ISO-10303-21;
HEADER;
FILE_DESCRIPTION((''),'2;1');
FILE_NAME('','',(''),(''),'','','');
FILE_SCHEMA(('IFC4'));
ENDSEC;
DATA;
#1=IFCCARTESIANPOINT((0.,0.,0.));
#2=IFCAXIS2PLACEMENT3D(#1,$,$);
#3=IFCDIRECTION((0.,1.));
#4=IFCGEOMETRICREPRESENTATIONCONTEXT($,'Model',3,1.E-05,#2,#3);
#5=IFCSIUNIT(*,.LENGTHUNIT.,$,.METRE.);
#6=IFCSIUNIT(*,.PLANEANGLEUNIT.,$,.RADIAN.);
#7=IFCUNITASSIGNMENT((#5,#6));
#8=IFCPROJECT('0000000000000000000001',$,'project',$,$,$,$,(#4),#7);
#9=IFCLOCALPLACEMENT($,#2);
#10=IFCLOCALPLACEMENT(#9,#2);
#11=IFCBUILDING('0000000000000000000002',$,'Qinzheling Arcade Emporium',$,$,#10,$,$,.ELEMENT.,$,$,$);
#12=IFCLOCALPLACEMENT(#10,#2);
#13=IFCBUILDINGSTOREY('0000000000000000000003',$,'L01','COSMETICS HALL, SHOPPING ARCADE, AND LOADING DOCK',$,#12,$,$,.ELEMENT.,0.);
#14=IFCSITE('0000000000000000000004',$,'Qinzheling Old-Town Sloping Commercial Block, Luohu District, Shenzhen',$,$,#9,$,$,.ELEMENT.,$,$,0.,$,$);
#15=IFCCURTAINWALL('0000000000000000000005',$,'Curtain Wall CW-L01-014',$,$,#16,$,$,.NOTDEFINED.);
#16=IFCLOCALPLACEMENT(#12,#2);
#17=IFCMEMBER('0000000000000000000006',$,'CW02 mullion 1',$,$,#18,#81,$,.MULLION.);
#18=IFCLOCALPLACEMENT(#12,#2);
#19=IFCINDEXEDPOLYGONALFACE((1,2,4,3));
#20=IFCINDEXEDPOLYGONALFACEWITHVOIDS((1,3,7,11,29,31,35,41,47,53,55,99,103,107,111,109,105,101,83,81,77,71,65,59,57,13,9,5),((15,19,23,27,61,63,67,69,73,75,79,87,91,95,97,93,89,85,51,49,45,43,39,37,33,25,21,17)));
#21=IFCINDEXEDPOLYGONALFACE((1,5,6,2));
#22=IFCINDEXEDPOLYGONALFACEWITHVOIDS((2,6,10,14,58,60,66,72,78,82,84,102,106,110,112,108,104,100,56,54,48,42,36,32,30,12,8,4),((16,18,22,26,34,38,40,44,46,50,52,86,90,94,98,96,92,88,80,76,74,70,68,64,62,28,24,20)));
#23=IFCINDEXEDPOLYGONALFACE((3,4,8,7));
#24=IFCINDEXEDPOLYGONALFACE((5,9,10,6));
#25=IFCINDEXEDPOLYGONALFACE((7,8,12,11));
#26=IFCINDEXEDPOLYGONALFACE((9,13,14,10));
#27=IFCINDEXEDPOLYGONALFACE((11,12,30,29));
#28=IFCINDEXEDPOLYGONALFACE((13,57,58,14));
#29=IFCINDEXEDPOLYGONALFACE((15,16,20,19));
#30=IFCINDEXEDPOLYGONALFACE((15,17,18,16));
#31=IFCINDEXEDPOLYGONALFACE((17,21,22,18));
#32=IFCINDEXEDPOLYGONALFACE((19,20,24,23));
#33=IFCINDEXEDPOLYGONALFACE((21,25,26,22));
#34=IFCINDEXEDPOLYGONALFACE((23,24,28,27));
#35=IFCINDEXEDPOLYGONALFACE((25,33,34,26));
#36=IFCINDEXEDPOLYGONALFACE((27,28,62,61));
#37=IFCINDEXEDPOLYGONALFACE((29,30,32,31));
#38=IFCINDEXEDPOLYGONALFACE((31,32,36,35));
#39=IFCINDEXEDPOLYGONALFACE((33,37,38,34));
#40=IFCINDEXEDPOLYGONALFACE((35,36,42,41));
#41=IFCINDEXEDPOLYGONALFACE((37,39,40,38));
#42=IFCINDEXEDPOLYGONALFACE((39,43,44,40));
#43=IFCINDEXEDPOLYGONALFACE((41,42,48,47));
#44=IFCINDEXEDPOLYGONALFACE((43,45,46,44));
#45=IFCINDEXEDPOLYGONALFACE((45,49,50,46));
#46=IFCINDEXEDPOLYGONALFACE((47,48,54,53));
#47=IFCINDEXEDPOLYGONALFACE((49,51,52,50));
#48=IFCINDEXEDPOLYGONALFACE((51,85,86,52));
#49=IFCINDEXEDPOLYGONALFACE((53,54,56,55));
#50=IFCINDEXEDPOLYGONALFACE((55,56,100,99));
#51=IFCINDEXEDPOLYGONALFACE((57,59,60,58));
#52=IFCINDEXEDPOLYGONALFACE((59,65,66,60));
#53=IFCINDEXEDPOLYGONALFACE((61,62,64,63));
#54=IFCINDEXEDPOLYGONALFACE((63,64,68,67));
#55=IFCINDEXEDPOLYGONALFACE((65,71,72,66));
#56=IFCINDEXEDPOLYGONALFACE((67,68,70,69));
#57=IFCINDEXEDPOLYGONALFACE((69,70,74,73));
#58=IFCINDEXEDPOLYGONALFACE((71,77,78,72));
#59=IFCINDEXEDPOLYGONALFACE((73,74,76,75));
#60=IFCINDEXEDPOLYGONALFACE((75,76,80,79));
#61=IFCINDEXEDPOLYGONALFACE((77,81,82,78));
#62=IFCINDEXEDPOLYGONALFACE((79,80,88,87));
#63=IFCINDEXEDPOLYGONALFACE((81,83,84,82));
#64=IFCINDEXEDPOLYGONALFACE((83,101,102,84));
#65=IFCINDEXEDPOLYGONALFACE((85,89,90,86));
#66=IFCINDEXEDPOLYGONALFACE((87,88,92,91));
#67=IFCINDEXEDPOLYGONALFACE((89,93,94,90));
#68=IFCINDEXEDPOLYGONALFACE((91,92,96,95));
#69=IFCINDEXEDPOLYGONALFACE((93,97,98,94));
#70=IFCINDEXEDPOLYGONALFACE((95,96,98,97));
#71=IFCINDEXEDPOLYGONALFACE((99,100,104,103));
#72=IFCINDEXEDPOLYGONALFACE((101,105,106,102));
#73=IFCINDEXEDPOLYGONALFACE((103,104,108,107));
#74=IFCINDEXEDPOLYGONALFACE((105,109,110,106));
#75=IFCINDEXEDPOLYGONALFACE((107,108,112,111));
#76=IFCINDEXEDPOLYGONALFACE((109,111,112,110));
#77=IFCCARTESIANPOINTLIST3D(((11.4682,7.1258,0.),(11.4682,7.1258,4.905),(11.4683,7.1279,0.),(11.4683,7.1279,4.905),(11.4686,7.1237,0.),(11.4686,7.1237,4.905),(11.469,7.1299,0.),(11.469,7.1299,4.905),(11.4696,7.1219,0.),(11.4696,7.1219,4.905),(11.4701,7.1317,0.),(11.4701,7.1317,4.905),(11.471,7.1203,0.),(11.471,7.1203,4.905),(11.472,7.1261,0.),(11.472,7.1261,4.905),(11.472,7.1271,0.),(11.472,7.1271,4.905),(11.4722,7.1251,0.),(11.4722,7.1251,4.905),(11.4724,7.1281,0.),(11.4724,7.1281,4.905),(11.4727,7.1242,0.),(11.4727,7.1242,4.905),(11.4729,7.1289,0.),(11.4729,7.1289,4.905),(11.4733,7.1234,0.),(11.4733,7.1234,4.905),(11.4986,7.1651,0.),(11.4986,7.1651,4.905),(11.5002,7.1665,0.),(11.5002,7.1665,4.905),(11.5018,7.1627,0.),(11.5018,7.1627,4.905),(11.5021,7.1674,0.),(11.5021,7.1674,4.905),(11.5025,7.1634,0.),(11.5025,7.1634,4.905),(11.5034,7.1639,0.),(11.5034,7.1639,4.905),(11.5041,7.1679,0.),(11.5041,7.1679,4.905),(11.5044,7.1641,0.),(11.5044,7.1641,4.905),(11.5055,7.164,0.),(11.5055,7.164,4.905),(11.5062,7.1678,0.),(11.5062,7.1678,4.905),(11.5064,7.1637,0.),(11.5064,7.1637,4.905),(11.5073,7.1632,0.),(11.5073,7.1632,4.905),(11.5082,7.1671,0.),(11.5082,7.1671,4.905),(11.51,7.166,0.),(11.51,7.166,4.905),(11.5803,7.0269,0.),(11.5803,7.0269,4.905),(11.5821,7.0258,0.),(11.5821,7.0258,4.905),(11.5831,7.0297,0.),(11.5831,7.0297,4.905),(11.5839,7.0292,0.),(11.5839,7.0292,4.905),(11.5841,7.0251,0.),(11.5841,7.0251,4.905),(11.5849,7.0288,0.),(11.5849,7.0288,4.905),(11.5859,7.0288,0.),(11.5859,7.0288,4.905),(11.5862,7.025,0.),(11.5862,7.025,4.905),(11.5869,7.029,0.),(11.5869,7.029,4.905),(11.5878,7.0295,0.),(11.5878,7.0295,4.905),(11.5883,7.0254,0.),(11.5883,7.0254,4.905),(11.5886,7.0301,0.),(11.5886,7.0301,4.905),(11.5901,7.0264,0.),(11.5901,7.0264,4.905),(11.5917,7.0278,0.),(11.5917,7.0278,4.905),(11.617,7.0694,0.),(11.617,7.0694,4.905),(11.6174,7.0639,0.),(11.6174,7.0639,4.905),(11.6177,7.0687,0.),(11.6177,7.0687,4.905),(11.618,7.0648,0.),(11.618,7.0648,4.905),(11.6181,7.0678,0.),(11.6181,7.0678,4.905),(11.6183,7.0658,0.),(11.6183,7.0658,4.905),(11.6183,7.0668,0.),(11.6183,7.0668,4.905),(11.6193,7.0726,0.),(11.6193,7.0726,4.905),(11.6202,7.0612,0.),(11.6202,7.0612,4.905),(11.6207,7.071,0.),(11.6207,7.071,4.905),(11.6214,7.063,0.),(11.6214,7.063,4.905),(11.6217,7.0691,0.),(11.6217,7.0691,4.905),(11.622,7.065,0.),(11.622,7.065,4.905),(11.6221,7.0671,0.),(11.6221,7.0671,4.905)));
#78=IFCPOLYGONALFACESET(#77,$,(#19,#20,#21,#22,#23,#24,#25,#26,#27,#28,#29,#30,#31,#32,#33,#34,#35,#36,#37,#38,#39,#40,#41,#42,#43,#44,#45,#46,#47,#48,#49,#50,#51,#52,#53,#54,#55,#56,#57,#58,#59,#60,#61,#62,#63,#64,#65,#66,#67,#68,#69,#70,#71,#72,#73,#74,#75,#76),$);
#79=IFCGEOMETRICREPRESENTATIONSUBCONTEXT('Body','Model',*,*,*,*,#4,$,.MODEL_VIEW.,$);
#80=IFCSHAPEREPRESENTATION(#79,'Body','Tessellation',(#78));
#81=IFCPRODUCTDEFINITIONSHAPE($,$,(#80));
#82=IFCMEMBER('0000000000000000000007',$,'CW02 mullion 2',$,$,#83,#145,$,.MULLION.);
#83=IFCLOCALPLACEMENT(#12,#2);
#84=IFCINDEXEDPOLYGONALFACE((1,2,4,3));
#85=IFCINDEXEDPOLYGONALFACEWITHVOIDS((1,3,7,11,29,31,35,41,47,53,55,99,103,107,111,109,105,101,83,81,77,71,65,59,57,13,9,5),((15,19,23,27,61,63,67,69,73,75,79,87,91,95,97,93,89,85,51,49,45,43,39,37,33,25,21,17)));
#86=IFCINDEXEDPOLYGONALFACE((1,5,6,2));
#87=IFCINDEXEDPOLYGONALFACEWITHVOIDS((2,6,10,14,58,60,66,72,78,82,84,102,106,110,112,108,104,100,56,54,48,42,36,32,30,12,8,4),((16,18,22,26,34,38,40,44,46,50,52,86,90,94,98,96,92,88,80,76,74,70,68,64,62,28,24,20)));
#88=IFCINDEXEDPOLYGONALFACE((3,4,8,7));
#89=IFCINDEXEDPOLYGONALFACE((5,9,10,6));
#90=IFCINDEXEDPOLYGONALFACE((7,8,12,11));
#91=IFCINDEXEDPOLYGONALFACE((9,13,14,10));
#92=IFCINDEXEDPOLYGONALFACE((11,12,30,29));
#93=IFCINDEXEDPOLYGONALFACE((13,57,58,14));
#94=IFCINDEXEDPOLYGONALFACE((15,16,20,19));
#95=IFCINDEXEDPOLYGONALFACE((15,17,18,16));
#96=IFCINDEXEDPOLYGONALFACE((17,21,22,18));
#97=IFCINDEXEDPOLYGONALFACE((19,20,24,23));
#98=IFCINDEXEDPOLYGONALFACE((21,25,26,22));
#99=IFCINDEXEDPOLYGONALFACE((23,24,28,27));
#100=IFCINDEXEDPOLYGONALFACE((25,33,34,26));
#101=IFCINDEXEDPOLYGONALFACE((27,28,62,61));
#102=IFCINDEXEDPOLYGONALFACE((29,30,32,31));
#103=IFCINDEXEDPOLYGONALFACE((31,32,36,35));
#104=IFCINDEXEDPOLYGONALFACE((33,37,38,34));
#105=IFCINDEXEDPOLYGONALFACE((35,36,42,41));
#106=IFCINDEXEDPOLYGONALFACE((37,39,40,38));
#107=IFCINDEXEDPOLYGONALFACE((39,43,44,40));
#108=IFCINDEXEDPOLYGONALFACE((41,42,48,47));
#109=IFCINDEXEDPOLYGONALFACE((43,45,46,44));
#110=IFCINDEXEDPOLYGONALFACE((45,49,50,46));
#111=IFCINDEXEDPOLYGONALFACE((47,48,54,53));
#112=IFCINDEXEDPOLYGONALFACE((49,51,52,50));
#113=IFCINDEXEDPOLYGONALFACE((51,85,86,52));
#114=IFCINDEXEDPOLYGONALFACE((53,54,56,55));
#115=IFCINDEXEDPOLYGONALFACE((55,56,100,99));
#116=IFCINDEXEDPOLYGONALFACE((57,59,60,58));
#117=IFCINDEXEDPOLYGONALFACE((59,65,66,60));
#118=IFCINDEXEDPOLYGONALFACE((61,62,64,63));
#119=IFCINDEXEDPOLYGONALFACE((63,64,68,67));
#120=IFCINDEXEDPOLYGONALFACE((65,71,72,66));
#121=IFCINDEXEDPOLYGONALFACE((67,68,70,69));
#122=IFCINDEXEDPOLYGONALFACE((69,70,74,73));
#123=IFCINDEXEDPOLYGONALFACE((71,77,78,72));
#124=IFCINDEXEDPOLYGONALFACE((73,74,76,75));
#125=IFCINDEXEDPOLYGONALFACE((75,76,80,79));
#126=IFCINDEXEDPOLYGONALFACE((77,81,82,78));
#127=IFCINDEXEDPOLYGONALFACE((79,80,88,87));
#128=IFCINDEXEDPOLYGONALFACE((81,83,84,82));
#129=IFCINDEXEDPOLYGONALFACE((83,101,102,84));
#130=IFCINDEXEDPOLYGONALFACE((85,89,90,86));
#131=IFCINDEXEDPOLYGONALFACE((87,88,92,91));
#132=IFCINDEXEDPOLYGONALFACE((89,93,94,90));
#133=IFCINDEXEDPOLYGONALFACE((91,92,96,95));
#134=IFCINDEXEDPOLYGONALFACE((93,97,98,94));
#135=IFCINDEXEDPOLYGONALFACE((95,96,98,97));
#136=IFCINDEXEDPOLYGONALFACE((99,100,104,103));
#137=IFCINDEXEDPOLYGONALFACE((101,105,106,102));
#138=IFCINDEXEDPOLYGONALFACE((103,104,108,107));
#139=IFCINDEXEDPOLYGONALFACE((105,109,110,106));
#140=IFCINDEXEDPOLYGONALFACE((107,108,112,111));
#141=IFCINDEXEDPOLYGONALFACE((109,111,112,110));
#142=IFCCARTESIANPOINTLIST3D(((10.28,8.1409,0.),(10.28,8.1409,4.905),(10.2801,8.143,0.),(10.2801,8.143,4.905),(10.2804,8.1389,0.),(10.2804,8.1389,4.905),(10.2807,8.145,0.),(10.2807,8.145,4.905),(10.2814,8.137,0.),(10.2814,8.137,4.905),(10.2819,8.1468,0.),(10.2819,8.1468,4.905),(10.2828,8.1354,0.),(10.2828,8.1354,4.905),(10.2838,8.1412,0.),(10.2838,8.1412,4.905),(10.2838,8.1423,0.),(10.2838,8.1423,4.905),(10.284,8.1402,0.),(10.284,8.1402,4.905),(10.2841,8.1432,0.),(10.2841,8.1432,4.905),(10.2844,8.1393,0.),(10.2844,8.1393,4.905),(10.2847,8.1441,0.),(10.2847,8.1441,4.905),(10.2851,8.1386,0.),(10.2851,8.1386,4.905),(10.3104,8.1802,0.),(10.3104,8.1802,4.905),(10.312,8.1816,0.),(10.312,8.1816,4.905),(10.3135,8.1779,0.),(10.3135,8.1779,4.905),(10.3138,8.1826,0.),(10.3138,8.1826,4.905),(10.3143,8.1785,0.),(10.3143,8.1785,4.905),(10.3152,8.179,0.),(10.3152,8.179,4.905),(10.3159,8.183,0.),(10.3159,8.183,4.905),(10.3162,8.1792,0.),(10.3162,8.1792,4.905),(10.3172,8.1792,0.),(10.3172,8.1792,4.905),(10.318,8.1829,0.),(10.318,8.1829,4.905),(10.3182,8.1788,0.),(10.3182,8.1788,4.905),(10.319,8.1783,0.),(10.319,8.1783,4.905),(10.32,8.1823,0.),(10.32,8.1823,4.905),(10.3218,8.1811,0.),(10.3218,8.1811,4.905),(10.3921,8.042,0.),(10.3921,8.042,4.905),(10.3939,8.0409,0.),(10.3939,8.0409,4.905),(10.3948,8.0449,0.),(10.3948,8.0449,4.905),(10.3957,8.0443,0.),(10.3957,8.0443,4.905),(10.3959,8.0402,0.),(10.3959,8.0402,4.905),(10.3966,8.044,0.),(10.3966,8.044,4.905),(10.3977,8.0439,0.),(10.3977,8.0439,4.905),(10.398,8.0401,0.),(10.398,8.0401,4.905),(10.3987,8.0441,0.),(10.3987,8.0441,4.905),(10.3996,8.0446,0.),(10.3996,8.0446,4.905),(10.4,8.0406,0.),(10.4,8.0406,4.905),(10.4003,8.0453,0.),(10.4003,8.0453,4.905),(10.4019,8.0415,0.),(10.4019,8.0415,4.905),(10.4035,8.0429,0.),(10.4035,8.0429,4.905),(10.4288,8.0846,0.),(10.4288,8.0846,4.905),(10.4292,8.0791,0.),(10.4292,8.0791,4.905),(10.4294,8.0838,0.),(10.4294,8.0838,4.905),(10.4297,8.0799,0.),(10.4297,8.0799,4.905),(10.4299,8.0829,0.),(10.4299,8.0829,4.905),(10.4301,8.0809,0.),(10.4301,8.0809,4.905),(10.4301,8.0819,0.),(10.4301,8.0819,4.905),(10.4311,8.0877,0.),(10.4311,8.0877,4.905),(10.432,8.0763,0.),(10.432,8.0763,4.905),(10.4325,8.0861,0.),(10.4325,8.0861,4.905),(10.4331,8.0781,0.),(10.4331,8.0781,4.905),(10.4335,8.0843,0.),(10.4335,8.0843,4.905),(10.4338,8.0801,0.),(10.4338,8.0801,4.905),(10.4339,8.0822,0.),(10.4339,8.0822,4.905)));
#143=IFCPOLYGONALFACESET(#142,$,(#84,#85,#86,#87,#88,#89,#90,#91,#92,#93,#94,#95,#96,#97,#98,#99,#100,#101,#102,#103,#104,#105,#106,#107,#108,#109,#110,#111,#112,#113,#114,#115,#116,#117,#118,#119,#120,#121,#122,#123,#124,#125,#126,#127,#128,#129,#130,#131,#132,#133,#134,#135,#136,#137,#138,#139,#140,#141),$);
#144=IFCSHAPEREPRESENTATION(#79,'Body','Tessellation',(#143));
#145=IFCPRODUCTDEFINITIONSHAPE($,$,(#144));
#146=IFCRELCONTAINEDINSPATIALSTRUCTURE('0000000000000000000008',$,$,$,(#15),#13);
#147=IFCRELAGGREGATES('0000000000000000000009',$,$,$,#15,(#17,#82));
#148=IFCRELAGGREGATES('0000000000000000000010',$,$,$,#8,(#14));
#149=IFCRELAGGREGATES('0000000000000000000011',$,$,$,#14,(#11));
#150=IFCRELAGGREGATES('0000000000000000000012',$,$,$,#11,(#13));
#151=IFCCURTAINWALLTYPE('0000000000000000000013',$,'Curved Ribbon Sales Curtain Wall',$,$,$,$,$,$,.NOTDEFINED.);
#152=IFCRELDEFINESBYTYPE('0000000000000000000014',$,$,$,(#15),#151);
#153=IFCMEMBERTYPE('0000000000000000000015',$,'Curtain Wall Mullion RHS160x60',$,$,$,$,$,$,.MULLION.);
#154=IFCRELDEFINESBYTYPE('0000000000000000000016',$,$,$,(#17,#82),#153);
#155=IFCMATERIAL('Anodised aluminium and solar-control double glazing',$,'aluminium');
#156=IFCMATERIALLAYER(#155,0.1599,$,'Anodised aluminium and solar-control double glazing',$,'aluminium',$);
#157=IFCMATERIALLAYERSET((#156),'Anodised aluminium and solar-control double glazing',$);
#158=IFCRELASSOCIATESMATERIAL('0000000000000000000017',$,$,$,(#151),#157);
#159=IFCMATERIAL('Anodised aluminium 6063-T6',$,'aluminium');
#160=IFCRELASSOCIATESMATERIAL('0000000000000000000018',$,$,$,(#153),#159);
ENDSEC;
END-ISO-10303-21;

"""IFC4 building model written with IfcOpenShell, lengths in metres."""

from ifc_helpers import new_model, si_unit, direction, frame, origin, origin_2d, place, context, subcontext, project, spatial, hollow_rectangle, extrude, material, layer, layer_set, material_profile, profile_set, type_object, element, aggregate, save


model = new_model("IFC4")

# Units and contexts
model_context = context("Model", 3, precision=1e-05, world=origin(), true_north=direction((0.0, 1.0)))
body_context = subcontext(model_context, "Body", "Model", "MODEL_VIEW")
ifc_project = project(units=[si_unit("LENGTHUNIT", "METRE"), si_unit("PLANEANGLEUNIT", "RADIAN")], contexts=[model_context])

# Site, building, storey
site_placement = place(None, origin())
site = spatial("IfcSite", under=ifc_project, at=site_placement, Name="Qinzheling Old-Town Sloping Commercial Block, Luohu District, Shenzhen", CompositionType="ELEMENT", RefElevation=0.0)
building_placement = place(site_placement, origin())
building = spatial("IfcBuilding", under=site, at=building_placement, Name="Qinzheling Arcade Emporium", CompositionType="ELEMENT")
storey_placement = place(building_placement, origin())
storey = spatial("IfcBuildingStorey", under=building, at=storey_placement, Name="L01", Description="COSMETICS HALL, SHOPPING ARCADE, AND LOADING DOCK", CompositionType="ELEMENT", Elevation=0.0)

# Shared definitions
ifc_material_1 = material(Name="Anodised aluminium and solar-control double glazing", Category="aluminium")
ifc_layer_1 = layer(ifc_material_1, 0.1599, Name="Anodised aluminium and solar-control double glazing", Category="aluminium")
ifc_layer_set_1 = layer_set([ifc_layer_1], Name="Anodised aluminium and solar-control double glazing")
curtain_wall_type = type_object("IfcCurtainWallType", Name="Curved Ribbon Sales Curtain Wall", PredefinedType="NOTDEFINED", material=ifc_layer_set_1)
ifc_material_2 = material(Name="Anodised aluminium 6063-T6", Category="aluminium")
ifc_material_profile_1 = material_profile(ifc_material_2, hollow_rectangle(XDim=0.0601, YDim=0.1599, WallThickness=0.0039, InnerFilletRadius=0.0039, OuterFilletRadius=0.0081, at=origin_2d()), Name="RHS 160x60x4", Category="aluminium")
ifc_profile_set_1 = profile_set([ifc_material_profile_1], Name="Anodised aluminium 6063-T6")
member_type_1 = type_object("IfcMemberType", Name="Curtain Wall Mullion RHS160x60", PredefinedType="MULLION", material=ifc_profile_set_1)

# Curtain wall, members
curtain_wall_1_placement = place(storey_placement, origin())
curtain_wall_1 = element("IfcCurtainWall", 1, at=curtain_wall_1_placement, inside=storey, type_object=curtain_wall_type, Name="Curtain Wall CW-L01-014", PredefinedType="NOTDEFINED")
member_1_placement = place(storey_placement, frame((11.5452, 7.0964, 0.0), z_axis=(0.0, 0.0, 1.0), x_axis=(-0.649524, -0.760341, 0.0)))
member_1 = element("IfcMember", 2, at=member_1_placement, type_object=member_type_1, Name="CW02 mullion 1", PredefinedType="MULLION", context=body_context, shape_type="SweptSolid", body=[
    extrude(hollow_rectangle(XDim=0.0601, YDim=0.1599, WallThickness=0.0039, InnerFilletRadius=0.0039, OuterFilletRadius=0.0081, at=origin_2d()), origin(), (0.0, 0.0, 1.0), 4.905),
])
member_2_placement = place(storey_placement, frame((10.3569, 8.1116, 0.0), z_axis=(0.0, 0.0, 1.0), x_axis=(-0.649524, -0.760341, 0.0)))
member_2 = element("IfcMember", 3, at=member_2_placement, type_object=member_type_1, Name="CW02 mullion 2", PredefinedType="MULLION", context=body_context, shape_type="SweptSolid", body=[
    extrude(hollow_rectangle(XDim=0.0601, YDim=0.1599, WallThickness=0.0039, InnerFilletRadius=0.0039, OuterFilletRadius=0.0081, at=origin_2d()), origin(), (0.0, 0.0, 1.0), 4.905),
])

aggregate(curtain_wall_1, [member_1, member_2])

save(model, "model.ifc")
